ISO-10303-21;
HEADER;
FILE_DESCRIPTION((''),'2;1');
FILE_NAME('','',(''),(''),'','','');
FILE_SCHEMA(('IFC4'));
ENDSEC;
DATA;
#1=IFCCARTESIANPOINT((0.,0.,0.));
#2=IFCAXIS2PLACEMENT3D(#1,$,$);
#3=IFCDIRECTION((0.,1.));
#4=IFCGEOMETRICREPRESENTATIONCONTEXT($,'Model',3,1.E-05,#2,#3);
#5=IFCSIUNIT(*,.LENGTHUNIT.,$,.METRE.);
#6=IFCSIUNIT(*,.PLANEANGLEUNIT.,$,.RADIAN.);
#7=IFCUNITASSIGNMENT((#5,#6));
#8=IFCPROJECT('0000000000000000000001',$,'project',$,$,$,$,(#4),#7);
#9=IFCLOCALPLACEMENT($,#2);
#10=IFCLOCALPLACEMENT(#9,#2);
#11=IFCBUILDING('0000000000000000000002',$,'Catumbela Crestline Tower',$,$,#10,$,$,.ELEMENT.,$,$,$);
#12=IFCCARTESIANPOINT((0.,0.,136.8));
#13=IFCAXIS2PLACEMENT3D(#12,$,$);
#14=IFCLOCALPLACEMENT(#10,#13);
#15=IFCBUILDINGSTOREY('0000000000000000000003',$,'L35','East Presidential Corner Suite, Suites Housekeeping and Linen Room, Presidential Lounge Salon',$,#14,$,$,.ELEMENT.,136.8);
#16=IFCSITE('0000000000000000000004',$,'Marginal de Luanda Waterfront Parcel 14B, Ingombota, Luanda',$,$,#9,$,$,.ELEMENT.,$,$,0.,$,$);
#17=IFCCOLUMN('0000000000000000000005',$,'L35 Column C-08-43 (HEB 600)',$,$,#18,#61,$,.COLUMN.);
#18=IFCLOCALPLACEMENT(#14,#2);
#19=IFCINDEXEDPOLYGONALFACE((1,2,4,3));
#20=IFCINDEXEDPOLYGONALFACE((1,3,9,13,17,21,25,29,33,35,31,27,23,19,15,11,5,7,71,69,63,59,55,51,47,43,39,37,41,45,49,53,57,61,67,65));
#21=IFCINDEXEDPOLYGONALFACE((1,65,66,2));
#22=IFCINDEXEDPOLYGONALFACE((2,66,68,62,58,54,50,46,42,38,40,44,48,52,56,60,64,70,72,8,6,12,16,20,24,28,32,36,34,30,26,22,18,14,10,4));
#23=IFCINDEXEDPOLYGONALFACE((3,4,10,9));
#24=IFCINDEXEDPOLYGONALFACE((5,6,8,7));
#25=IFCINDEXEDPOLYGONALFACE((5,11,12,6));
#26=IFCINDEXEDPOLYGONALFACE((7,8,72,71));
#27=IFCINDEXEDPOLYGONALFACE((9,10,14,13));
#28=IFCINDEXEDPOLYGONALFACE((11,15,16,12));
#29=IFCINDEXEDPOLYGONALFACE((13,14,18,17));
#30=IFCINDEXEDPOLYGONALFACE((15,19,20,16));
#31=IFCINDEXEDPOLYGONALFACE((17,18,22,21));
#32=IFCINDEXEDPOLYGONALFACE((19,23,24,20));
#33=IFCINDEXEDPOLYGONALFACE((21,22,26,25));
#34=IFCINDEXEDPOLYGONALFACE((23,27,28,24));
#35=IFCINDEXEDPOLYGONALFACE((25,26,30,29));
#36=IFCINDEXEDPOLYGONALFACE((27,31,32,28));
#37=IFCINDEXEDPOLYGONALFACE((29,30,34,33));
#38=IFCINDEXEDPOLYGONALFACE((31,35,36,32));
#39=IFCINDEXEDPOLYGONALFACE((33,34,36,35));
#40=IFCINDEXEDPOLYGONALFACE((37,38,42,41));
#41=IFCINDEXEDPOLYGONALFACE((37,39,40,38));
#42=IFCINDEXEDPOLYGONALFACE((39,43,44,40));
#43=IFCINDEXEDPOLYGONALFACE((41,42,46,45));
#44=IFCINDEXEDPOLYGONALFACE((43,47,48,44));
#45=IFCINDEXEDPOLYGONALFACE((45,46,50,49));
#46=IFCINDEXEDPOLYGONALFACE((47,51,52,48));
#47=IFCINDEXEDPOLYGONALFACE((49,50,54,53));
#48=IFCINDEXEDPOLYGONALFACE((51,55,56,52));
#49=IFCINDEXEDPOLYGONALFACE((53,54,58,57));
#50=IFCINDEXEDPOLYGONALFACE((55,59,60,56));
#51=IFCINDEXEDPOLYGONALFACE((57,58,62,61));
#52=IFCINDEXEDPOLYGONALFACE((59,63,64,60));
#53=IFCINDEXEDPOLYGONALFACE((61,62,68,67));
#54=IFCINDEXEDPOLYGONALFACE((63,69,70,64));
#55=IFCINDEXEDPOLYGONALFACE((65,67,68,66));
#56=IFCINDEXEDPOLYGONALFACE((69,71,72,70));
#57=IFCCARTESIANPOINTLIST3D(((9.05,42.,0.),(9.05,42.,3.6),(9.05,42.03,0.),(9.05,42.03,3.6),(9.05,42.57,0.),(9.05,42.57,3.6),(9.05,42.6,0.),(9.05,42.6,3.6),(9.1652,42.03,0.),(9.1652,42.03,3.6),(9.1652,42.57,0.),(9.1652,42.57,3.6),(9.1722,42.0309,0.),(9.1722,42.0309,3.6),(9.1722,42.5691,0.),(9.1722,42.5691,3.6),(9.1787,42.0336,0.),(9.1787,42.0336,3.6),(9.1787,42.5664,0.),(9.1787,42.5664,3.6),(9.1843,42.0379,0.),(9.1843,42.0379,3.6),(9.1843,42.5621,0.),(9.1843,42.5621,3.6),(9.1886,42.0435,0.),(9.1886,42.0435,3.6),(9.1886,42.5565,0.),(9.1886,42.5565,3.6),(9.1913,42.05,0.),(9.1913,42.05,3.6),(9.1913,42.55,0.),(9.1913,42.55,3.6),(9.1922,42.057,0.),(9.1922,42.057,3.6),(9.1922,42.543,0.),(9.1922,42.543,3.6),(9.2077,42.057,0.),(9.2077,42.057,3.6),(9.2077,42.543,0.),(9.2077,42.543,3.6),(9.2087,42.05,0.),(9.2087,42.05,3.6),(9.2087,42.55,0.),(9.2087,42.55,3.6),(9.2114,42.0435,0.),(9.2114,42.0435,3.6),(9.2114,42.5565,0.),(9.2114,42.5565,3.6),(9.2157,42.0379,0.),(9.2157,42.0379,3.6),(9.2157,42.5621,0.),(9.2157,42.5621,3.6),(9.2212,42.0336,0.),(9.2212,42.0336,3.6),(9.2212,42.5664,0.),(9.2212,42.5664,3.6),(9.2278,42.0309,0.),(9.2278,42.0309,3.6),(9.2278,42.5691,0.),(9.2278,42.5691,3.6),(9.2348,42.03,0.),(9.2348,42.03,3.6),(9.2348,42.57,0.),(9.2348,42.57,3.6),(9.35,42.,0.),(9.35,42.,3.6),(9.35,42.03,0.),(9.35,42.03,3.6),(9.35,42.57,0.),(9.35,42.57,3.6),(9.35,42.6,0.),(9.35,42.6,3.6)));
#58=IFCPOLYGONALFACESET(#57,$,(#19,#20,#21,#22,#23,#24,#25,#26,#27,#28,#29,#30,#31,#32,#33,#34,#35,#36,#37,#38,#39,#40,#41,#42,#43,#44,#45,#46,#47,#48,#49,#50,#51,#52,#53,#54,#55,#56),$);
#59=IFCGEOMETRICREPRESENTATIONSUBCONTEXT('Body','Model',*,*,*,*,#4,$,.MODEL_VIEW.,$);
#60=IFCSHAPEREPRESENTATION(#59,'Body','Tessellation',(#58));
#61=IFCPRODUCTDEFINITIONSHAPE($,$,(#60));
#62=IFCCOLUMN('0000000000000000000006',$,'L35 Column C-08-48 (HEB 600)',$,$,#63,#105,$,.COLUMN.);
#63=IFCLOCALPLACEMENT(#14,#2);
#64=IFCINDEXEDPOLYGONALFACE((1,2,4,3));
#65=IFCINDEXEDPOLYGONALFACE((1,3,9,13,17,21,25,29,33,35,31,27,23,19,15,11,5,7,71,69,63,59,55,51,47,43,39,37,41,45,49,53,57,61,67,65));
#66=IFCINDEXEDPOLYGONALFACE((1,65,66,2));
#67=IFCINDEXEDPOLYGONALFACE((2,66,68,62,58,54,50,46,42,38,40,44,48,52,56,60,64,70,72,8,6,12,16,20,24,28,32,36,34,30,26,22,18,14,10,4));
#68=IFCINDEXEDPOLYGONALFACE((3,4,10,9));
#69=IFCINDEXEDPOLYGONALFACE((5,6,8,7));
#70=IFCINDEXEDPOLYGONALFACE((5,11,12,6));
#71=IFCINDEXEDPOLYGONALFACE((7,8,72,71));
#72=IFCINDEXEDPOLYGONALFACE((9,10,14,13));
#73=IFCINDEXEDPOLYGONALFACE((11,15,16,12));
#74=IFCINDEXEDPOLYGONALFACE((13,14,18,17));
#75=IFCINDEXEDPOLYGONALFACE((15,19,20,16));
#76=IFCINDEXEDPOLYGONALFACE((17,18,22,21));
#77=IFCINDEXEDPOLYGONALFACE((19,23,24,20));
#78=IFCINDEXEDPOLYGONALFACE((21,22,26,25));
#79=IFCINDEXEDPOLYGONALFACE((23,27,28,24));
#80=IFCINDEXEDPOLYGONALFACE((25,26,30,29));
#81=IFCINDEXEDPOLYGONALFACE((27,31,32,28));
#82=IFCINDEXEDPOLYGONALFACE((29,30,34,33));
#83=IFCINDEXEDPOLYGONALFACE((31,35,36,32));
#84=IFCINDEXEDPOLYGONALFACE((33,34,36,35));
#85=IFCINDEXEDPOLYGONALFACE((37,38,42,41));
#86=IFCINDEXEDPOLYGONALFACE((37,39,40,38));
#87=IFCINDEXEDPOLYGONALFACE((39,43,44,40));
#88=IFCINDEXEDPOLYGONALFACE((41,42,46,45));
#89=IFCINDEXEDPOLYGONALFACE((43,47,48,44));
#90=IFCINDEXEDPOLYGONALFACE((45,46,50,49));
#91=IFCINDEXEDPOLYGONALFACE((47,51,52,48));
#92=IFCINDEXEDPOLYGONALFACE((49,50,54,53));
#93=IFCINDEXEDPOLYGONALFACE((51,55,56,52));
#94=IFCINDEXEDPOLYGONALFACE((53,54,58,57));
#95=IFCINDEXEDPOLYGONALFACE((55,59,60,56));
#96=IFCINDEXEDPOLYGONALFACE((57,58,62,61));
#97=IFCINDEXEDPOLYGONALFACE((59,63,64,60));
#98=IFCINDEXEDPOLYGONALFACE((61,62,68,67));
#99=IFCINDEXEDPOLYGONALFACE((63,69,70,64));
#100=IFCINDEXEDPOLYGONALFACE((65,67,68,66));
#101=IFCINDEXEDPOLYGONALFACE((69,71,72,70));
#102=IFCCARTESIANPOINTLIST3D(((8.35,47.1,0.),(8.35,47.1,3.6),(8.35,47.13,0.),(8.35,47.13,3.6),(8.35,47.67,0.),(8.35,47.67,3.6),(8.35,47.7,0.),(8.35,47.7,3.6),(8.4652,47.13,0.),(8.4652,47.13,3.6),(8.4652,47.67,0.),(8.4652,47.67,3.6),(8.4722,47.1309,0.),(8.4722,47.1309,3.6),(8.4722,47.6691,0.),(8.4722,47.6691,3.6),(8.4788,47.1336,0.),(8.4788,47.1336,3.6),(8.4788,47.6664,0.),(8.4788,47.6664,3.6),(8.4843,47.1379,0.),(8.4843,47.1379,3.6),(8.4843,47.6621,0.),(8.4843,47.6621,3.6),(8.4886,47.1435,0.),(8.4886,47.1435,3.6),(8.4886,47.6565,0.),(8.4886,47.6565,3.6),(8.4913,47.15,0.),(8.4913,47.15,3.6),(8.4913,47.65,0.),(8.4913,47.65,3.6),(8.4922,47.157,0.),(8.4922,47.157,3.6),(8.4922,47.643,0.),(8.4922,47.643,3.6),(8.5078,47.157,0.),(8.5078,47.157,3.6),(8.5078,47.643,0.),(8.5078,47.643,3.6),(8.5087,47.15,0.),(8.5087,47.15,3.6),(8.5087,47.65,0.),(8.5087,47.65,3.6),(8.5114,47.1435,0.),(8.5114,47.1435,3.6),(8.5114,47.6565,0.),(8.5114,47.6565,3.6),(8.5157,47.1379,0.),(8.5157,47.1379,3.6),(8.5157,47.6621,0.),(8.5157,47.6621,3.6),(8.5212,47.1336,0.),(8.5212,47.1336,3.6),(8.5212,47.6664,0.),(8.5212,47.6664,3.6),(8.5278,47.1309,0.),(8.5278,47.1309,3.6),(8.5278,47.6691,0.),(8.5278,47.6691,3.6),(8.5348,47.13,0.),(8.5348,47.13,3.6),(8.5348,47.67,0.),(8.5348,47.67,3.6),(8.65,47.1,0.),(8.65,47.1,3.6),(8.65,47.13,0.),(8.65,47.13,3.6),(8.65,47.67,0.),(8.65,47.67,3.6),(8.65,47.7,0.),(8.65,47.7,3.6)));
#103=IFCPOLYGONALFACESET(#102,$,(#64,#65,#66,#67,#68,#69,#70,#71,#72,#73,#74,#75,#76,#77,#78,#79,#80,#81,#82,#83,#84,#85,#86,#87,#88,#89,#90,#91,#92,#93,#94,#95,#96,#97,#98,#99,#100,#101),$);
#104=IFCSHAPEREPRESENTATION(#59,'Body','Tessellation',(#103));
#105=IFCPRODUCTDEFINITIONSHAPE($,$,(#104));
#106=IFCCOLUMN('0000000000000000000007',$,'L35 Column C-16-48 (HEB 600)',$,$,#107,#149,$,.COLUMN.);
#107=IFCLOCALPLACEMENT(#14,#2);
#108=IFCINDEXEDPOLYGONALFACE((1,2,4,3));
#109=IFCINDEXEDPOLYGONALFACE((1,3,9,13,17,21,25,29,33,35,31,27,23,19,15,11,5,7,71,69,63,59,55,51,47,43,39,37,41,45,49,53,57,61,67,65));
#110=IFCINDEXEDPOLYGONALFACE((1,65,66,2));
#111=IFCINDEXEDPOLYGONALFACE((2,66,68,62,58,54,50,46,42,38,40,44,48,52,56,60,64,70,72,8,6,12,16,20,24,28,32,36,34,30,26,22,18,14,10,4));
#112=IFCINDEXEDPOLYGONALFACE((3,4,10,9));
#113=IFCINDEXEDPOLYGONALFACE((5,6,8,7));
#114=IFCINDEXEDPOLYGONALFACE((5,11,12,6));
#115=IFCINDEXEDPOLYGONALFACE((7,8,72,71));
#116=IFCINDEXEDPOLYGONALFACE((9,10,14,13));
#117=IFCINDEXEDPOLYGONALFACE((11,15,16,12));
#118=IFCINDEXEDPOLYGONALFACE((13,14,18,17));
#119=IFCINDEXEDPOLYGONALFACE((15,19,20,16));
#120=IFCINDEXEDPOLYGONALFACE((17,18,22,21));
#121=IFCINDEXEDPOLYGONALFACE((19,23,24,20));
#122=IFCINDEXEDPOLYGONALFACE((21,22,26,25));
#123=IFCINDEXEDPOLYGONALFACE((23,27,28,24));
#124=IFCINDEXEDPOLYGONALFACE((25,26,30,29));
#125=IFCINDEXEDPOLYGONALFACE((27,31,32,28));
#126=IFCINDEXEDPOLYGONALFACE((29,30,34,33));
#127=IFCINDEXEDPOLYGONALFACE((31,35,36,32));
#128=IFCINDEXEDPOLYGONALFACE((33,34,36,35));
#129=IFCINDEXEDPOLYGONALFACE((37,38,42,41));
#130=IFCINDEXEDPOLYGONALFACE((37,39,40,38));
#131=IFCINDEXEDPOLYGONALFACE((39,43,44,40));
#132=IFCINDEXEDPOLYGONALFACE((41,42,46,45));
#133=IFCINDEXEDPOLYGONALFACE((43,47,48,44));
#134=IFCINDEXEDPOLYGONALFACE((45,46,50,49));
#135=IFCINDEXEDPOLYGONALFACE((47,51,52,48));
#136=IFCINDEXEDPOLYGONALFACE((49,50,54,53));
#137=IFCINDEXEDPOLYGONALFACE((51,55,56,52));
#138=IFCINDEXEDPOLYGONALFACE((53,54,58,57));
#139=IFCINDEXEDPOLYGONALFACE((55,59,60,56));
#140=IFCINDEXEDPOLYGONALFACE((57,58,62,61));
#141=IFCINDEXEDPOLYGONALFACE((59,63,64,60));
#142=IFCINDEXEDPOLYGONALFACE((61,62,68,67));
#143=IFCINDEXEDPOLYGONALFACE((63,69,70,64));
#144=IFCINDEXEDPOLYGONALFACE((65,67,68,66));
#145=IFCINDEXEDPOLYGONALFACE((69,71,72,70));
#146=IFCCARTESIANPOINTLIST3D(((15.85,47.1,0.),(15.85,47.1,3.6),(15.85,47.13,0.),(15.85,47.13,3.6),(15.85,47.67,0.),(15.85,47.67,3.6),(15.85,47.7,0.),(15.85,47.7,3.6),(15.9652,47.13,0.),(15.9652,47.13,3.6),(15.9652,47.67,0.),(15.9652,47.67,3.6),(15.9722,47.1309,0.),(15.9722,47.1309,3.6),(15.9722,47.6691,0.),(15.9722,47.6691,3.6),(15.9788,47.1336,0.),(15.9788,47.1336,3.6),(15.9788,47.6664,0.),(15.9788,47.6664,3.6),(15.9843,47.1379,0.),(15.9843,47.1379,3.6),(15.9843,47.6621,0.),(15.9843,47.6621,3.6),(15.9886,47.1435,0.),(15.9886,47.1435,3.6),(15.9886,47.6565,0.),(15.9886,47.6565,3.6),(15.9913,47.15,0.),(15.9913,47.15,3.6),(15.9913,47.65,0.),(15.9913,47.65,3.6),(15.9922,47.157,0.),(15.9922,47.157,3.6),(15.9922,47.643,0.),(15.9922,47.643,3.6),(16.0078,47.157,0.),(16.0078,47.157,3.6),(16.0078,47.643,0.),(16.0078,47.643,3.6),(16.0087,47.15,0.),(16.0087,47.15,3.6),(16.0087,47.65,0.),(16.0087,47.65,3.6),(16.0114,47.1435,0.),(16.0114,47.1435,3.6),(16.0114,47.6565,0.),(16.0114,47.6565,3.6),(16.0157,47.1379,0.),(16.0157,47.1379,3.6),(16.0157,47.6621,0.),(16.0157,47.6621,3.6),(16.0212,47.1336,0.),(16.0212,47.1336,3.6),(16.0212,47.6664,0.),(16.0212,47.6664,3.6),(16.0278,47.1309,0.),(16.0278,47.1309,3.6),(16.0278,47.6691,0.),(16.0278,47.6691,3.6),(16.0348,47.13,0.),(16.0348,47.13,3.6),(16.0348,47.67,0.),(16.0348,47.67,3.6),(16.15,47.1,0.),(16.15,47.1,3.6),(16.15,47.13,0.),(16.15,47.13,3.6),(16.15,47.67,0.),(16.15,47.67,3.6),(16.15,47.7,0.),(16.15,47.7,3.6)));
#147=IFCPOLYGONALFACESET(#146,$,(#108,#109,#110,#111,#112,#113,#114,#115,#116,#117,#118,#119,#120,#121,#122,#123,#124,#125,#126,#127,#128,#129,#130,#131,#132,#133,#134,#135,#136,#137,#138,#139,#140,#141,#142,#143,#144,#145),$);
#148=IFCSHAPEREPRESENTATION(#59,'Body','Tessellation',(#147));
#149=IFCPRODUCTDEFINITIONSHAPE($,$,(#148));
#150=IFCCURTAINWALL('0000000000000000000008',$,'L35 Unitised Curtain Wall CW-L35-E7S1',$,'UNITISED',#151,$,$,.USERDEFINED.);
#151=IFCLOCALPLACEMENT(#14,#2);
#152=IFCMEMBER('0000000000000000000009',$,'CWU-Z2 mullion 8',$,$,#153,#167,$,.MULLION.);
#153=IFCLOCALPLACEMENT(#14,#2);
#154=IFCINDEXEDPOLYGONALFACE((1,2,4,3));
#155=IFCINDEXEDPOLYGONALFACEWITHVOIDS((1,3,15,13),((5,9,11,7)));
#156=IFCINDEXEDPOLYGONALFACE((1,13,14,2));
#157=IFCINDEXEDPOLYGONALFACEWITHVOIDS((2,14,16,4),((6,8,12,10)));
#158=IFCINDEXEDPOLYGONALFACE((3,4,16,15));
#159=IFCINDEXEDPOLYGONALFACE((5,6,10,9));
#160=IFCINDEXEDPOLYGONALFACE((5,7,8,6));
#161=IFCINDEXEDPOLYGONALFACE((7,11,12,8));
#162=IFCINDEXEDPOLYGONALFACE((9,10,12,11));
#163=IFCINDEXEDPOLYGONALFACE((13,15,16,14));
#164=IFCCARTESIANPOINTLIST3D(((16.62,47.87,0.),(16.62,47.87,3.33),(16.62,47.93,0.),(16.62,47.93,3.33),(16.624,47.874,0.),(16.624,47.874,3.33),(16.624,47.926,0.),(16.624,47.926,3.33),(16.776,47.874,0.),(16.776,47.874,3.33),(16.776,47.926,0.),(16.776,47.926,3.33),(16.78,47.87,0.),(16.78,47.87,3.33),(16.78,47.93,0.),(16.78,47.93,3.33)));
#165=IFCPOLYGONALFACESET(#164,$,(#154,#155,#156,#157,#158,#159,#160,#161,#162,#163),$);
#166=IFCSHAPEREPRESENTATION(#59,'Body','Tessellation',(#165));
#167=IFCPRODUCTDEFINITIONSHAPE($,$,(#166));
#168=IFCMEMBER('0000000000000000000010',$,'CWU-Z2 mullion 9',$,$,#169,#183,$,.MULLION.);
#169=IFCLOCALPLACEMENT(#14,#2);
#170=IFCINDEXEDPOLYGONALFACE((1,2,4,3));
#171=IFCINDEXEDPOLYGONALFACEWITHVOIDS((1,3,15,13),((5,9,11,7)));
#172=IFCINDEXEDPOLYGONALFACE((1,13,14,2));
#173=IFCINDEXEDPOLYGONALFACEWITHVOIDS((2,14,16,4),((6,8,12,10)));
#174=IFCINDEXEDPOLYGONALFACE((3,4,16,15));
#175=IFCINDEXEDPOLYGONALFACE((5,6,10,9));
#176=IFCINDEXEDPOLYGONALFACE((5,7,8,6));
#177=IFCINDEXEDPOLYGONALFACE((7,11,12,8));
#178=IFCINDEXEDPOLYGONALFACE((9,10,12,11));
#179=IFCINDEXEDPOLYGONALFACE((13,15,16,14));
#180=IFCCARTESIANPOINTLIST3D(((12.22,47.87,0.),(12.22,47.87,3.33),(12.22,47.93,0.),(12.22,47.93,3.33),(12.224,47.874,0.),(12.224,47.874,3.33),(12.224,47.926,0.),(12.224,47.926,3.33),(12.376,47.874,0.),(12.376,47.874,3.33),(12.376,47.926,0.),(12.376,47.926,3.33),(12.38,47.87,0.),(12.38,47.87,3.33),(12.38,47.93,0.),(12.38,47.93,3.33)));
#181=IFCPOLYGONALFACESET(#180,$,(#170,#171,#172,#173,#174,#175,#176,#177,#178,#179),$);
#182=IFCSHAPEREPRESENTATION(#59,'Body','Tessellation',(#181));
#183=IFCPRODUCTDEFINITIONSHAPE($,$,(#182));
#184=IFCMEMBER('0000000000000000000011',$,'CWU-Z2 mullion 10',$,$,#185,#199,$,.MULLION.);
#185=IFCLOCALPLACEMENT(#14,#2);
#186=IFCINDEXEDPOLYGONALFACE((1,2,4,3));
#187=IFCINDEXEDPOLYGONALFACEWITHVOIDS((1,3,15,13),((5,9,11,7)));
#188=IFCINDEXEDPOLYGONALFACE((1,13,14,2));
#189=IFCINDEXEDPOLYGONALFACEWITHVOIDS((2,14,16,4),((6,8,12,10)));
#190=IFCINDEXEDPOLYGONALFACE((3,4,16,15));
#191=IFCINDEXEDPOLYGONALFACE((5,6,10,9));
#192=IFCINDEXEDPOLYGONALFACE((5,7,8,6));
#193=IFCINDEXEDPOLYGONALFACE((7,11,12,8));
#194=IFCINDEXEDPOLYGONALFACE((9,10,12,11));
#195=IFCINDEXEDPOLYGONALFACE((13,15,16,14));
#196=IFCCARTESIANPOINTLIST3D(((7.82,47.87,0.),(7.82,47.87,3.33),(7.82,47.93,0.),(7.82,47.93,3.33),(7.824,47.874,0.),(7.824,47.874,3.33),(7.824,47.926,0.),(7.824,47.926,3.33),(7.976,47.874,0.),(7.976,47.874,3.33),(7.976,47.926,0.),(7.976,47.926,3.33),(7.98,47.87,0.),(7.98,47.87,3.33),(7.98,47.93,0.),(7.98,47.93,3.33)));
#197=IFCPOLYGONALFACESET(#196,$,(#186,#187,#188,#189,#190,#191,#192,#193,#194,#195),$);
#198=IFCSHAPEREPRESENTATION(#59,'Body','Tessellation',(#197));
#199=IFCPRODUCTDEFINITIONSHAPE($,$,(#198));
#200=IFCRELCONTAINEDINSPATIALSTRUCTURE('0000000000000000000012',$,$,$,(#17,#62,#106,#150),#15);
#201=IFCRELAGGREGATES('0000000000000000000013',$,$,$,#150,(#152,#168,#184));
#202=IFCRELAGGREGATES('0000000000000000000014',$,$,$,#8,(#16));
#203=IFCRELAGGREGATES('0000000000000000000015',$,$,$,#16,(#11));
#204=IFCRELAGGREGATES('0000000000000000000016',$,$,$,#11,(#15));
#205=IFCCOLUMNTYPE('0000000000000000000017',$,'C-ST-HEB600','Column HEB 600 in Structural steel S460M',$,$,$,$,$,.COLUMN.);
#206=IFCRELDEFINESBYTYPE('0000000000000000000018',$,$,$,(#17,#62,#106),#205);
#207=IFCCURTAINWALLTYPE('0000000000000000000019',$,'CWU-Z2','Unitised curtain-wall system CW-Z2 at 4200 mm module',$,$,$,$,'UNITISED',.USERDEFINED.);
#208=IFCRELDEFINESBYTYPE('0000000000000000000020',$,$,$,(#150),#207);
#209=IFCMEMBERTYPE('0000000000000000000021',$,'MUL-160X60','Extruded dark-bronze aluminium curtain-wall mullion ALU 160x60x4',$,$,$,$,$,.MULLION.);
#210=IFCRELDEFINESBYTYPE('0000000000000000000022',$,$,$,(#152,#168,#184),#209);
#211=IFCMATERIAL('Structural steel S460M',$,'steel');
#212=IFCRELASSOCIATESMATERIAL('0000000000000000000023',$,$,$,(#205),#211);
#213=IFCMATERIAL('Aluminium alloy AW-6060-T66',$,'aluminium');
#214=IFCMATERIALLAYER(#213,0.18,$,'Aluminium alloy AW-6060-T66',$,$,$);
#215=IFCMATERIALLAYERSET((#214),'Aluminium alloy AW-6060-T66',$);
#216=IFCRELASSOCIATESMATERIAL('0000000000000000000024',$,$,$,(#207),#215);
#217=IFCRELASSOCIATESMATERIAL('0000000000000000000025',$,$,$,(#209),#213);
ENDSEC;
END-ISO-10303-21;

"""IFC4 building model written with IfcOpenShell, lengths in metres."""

from ifc_helpers import new_model, si_unit, direction, frame, origin, origin_2d, place, context, subcontext, project, spatial, hollow_rectangle, i_section, extrude, material, layer, layer_set, material_profile, profile_set, type_object, element, aggregate, save


model = new_model("IFC4")

# Units and contexts
model_context = context("Model", 3, precision=1e-05, world=origin(), true_north=direction((0.0, 1.0)))
body_context = subcontext(model_context, "Body", "Model", "MODEL_VIEW")
ifc_project = project(units=[si_unit("LENGTHUNIT", "METRE"), si_unit("PLANEANGLEUNIT", "RADIAN")], contexts=[model_context])

# Site, building, storey
site_placement = place(None, origin())
site = spatial("IfcSite", under=ifc_project, at=site_placement, Name="Marginal de Luanda Waterfront Parcel 14B, Ingombota, Luanda", CompositionType="ELEMENT", RefElevation=0.0)
building_placement = place(site_placement, origin())
building = spatial("IfcBuilding", under=site, at=building_placement, Name="Catumbela Crestline Tower", CompositionType="ELEMENT")
storey_placement = place(building_placement, frame((0.0, 0.0, 136.8)))
storey = spatial("IfcBuildingStorey", under=building, at=storey_placement, Name="L35", Description="East Presidential Corner Suite, Suites Housekeeping and Linen Room, Presidential Lounge Salon", CompositionType="ELEMENT", Elevation=136.8)

# Columns
ifc_material_1 = material(Name="Structural steel S460M", Category="steel")
ifc_material_profile_1 = material_profile(ifc_material_1, i_section(OverallWidth=0.3, OverallDepth=0.6, WebThickness=0.0155, FlangeThickness=0.03, FilletRadius=0.027, at=origin_2d()), Name="HEB 600")
ifc_profile_set_1 = profile_set([ifc_material_profile_1], Name="Structural steel S460M")
column_type = type_object("IfcColumnType", Name="C-ST-HEB600", Description="Column HEB 600 in Structural steel S460M", PredefinedType="COLUMN", material=ifc_profile_set_1)
for number, where, z_axis, x_axis, name in (
    (1, (9.2, 42.3, 0.0), (0.0, 0.0, 1.0), (1.0, 0.0, 0.0), "L35 Column C-08-43 (HEB 600)"),
    (2, (8.5, 47.4, 0.0), (0.0, 0.0, 1.0), (1.0, 0.0, 0.0), "L35 Column C-08-48 (HEB 600)"),
    (3, (16.0, 47.4, 0.0), (0.0, 0.0, 1.0), (1.0, 0.0, 0.0), "L35 Column C-16-48 (HEB 600)"),
):
    element("IfcColumn", number, at=place(storey_placement, frame(where, z_axis=z_axis, x_axis=x_axis)), inside=storey, type_object=column_type, Name=name, PredefinedType="COLUMN", context=body_context, shape_type="SweptSolid", body=[
        extrude(i_section(OverallWidth=0.3, OverallDepth=0.6, WebThickness=0.0155, FlangeThickness=0.03, FilletRadius=0.027, at=origin_2d()), origin(), (0.0, 0.0, 1.0), 3.6),
    ])

# Curtain wall, members
ifc_material_2 = material(Name="Aluminium alloy AW-6060-T66", Category="aluminium")
ifc_layer_1 = layer(ifc_material_2, 0.18, Name="Aluminium alloy AW-6060-T66")
ifc_layer_set_1 = layer_set([ifc_layer_1], Name="Aluminium alloy AW-6060-T66")
curtain_wall_type = type_object("IfcCurtainWallType", Name="CWU-Z2", Description="Unitised curtain-wall system CW-Z2 at 4200 mm module", ElementType="UNITISED", PredefinedType="USERDEFINED", material=ifc_layer_set_1)
curtain_wall_placement = place(storey_placement, origin())
curtain_wall = element("IfcCurtainWall", 4, at=curtain_wall_placement, inside=storey, type_object=curtain_wall_type, Name="L35 Unitised Curtain Wall CW-L35-E7S1", ObjectType="UNITISED", PredefinedType="USERDEFINED")
ifc_material_profile_2 = material_profile(ifc_material_2, hollow_rectangle(XDim=0.06, YDim=0.16, WallThickness=0.004, at=origin_2d()), Name="ALU 160x60x4")
ifc_profile_set_2 = profile_set([ifc_material_profile_2], Name="Aluminium alloy AW-6060-T66")
member_type_1 = type_object("IfcMemberType", Name="MUL-160X60", Description="Extruded dark-bronze aluminium curtain-wall mullion ALU 160x60x4", PredefinedType="MULLION", material=ifc_profile_set_2)
member_1_placement = place(storey_placement, frame((16.7, 47.9, 0.0), z_axis=(0.0, 0.0, 1.0), x_axis=(0.0, -1.0, 0.0)))
member_1 = element("IfcMember", 5, at=member_1_placement, type_object=member_type_1, Name="CWU-Z2 mullion 8", PredefinedType="MULLION", context=body_context, shape_type="SweptSolid", body=[
    extrude(hollow_rectangle(XDim=0.06, YDim=0.16, WallThickness=0.004, at=origin_2d()), origin(), (0.0, 0.0, 1.0), 3.33),
])
member_2_placement = place(storey_placement, frame((12.3, 47.9, 0.0), z_axis=(0.0, 0.0, 1.0), x_axis=(0.0, -1.0, 0.0)))
member_2 = element("IfcMember", 6, at=member_2_placement, type_object=member_type_1, Name="CWU-Z2 mullion 9", PredefinedType="MULLION", context=body_context, shape_type="SweptSolid", body=[
    extrude(hollow_rectangle(XDim=0.06, YDim=0.16, WallThickness=0.004, at=origin_2d()), origin(), (0.0, 0.0, 1.0), 3.33),
])
member_3_placement = place(storey_placement, frame((7.9, 47.9, 0.0), z_axis=(0.0, 0.0, 1.0), x_axis=(0.0, -1.0, 0.0)))
member_3 = element("IfcMember", 7, at=member_3_placement, type_object=member_type_1, Name="CWU-Z2 mullion 10", PredefinedType="MULLION", context=body_context, shape_type="SweptSolid", body=[
    extrude(hollow_rectangle(XDim=0.06, YDim=0.16, WallThickness=0.004, at=origin_2d()), origin(), (0.0, 0.0, 1.0), 3.33),
])

aggregate(curtain_wall, [member_1, member_2, member_3])

save(model, "model.ifc")
